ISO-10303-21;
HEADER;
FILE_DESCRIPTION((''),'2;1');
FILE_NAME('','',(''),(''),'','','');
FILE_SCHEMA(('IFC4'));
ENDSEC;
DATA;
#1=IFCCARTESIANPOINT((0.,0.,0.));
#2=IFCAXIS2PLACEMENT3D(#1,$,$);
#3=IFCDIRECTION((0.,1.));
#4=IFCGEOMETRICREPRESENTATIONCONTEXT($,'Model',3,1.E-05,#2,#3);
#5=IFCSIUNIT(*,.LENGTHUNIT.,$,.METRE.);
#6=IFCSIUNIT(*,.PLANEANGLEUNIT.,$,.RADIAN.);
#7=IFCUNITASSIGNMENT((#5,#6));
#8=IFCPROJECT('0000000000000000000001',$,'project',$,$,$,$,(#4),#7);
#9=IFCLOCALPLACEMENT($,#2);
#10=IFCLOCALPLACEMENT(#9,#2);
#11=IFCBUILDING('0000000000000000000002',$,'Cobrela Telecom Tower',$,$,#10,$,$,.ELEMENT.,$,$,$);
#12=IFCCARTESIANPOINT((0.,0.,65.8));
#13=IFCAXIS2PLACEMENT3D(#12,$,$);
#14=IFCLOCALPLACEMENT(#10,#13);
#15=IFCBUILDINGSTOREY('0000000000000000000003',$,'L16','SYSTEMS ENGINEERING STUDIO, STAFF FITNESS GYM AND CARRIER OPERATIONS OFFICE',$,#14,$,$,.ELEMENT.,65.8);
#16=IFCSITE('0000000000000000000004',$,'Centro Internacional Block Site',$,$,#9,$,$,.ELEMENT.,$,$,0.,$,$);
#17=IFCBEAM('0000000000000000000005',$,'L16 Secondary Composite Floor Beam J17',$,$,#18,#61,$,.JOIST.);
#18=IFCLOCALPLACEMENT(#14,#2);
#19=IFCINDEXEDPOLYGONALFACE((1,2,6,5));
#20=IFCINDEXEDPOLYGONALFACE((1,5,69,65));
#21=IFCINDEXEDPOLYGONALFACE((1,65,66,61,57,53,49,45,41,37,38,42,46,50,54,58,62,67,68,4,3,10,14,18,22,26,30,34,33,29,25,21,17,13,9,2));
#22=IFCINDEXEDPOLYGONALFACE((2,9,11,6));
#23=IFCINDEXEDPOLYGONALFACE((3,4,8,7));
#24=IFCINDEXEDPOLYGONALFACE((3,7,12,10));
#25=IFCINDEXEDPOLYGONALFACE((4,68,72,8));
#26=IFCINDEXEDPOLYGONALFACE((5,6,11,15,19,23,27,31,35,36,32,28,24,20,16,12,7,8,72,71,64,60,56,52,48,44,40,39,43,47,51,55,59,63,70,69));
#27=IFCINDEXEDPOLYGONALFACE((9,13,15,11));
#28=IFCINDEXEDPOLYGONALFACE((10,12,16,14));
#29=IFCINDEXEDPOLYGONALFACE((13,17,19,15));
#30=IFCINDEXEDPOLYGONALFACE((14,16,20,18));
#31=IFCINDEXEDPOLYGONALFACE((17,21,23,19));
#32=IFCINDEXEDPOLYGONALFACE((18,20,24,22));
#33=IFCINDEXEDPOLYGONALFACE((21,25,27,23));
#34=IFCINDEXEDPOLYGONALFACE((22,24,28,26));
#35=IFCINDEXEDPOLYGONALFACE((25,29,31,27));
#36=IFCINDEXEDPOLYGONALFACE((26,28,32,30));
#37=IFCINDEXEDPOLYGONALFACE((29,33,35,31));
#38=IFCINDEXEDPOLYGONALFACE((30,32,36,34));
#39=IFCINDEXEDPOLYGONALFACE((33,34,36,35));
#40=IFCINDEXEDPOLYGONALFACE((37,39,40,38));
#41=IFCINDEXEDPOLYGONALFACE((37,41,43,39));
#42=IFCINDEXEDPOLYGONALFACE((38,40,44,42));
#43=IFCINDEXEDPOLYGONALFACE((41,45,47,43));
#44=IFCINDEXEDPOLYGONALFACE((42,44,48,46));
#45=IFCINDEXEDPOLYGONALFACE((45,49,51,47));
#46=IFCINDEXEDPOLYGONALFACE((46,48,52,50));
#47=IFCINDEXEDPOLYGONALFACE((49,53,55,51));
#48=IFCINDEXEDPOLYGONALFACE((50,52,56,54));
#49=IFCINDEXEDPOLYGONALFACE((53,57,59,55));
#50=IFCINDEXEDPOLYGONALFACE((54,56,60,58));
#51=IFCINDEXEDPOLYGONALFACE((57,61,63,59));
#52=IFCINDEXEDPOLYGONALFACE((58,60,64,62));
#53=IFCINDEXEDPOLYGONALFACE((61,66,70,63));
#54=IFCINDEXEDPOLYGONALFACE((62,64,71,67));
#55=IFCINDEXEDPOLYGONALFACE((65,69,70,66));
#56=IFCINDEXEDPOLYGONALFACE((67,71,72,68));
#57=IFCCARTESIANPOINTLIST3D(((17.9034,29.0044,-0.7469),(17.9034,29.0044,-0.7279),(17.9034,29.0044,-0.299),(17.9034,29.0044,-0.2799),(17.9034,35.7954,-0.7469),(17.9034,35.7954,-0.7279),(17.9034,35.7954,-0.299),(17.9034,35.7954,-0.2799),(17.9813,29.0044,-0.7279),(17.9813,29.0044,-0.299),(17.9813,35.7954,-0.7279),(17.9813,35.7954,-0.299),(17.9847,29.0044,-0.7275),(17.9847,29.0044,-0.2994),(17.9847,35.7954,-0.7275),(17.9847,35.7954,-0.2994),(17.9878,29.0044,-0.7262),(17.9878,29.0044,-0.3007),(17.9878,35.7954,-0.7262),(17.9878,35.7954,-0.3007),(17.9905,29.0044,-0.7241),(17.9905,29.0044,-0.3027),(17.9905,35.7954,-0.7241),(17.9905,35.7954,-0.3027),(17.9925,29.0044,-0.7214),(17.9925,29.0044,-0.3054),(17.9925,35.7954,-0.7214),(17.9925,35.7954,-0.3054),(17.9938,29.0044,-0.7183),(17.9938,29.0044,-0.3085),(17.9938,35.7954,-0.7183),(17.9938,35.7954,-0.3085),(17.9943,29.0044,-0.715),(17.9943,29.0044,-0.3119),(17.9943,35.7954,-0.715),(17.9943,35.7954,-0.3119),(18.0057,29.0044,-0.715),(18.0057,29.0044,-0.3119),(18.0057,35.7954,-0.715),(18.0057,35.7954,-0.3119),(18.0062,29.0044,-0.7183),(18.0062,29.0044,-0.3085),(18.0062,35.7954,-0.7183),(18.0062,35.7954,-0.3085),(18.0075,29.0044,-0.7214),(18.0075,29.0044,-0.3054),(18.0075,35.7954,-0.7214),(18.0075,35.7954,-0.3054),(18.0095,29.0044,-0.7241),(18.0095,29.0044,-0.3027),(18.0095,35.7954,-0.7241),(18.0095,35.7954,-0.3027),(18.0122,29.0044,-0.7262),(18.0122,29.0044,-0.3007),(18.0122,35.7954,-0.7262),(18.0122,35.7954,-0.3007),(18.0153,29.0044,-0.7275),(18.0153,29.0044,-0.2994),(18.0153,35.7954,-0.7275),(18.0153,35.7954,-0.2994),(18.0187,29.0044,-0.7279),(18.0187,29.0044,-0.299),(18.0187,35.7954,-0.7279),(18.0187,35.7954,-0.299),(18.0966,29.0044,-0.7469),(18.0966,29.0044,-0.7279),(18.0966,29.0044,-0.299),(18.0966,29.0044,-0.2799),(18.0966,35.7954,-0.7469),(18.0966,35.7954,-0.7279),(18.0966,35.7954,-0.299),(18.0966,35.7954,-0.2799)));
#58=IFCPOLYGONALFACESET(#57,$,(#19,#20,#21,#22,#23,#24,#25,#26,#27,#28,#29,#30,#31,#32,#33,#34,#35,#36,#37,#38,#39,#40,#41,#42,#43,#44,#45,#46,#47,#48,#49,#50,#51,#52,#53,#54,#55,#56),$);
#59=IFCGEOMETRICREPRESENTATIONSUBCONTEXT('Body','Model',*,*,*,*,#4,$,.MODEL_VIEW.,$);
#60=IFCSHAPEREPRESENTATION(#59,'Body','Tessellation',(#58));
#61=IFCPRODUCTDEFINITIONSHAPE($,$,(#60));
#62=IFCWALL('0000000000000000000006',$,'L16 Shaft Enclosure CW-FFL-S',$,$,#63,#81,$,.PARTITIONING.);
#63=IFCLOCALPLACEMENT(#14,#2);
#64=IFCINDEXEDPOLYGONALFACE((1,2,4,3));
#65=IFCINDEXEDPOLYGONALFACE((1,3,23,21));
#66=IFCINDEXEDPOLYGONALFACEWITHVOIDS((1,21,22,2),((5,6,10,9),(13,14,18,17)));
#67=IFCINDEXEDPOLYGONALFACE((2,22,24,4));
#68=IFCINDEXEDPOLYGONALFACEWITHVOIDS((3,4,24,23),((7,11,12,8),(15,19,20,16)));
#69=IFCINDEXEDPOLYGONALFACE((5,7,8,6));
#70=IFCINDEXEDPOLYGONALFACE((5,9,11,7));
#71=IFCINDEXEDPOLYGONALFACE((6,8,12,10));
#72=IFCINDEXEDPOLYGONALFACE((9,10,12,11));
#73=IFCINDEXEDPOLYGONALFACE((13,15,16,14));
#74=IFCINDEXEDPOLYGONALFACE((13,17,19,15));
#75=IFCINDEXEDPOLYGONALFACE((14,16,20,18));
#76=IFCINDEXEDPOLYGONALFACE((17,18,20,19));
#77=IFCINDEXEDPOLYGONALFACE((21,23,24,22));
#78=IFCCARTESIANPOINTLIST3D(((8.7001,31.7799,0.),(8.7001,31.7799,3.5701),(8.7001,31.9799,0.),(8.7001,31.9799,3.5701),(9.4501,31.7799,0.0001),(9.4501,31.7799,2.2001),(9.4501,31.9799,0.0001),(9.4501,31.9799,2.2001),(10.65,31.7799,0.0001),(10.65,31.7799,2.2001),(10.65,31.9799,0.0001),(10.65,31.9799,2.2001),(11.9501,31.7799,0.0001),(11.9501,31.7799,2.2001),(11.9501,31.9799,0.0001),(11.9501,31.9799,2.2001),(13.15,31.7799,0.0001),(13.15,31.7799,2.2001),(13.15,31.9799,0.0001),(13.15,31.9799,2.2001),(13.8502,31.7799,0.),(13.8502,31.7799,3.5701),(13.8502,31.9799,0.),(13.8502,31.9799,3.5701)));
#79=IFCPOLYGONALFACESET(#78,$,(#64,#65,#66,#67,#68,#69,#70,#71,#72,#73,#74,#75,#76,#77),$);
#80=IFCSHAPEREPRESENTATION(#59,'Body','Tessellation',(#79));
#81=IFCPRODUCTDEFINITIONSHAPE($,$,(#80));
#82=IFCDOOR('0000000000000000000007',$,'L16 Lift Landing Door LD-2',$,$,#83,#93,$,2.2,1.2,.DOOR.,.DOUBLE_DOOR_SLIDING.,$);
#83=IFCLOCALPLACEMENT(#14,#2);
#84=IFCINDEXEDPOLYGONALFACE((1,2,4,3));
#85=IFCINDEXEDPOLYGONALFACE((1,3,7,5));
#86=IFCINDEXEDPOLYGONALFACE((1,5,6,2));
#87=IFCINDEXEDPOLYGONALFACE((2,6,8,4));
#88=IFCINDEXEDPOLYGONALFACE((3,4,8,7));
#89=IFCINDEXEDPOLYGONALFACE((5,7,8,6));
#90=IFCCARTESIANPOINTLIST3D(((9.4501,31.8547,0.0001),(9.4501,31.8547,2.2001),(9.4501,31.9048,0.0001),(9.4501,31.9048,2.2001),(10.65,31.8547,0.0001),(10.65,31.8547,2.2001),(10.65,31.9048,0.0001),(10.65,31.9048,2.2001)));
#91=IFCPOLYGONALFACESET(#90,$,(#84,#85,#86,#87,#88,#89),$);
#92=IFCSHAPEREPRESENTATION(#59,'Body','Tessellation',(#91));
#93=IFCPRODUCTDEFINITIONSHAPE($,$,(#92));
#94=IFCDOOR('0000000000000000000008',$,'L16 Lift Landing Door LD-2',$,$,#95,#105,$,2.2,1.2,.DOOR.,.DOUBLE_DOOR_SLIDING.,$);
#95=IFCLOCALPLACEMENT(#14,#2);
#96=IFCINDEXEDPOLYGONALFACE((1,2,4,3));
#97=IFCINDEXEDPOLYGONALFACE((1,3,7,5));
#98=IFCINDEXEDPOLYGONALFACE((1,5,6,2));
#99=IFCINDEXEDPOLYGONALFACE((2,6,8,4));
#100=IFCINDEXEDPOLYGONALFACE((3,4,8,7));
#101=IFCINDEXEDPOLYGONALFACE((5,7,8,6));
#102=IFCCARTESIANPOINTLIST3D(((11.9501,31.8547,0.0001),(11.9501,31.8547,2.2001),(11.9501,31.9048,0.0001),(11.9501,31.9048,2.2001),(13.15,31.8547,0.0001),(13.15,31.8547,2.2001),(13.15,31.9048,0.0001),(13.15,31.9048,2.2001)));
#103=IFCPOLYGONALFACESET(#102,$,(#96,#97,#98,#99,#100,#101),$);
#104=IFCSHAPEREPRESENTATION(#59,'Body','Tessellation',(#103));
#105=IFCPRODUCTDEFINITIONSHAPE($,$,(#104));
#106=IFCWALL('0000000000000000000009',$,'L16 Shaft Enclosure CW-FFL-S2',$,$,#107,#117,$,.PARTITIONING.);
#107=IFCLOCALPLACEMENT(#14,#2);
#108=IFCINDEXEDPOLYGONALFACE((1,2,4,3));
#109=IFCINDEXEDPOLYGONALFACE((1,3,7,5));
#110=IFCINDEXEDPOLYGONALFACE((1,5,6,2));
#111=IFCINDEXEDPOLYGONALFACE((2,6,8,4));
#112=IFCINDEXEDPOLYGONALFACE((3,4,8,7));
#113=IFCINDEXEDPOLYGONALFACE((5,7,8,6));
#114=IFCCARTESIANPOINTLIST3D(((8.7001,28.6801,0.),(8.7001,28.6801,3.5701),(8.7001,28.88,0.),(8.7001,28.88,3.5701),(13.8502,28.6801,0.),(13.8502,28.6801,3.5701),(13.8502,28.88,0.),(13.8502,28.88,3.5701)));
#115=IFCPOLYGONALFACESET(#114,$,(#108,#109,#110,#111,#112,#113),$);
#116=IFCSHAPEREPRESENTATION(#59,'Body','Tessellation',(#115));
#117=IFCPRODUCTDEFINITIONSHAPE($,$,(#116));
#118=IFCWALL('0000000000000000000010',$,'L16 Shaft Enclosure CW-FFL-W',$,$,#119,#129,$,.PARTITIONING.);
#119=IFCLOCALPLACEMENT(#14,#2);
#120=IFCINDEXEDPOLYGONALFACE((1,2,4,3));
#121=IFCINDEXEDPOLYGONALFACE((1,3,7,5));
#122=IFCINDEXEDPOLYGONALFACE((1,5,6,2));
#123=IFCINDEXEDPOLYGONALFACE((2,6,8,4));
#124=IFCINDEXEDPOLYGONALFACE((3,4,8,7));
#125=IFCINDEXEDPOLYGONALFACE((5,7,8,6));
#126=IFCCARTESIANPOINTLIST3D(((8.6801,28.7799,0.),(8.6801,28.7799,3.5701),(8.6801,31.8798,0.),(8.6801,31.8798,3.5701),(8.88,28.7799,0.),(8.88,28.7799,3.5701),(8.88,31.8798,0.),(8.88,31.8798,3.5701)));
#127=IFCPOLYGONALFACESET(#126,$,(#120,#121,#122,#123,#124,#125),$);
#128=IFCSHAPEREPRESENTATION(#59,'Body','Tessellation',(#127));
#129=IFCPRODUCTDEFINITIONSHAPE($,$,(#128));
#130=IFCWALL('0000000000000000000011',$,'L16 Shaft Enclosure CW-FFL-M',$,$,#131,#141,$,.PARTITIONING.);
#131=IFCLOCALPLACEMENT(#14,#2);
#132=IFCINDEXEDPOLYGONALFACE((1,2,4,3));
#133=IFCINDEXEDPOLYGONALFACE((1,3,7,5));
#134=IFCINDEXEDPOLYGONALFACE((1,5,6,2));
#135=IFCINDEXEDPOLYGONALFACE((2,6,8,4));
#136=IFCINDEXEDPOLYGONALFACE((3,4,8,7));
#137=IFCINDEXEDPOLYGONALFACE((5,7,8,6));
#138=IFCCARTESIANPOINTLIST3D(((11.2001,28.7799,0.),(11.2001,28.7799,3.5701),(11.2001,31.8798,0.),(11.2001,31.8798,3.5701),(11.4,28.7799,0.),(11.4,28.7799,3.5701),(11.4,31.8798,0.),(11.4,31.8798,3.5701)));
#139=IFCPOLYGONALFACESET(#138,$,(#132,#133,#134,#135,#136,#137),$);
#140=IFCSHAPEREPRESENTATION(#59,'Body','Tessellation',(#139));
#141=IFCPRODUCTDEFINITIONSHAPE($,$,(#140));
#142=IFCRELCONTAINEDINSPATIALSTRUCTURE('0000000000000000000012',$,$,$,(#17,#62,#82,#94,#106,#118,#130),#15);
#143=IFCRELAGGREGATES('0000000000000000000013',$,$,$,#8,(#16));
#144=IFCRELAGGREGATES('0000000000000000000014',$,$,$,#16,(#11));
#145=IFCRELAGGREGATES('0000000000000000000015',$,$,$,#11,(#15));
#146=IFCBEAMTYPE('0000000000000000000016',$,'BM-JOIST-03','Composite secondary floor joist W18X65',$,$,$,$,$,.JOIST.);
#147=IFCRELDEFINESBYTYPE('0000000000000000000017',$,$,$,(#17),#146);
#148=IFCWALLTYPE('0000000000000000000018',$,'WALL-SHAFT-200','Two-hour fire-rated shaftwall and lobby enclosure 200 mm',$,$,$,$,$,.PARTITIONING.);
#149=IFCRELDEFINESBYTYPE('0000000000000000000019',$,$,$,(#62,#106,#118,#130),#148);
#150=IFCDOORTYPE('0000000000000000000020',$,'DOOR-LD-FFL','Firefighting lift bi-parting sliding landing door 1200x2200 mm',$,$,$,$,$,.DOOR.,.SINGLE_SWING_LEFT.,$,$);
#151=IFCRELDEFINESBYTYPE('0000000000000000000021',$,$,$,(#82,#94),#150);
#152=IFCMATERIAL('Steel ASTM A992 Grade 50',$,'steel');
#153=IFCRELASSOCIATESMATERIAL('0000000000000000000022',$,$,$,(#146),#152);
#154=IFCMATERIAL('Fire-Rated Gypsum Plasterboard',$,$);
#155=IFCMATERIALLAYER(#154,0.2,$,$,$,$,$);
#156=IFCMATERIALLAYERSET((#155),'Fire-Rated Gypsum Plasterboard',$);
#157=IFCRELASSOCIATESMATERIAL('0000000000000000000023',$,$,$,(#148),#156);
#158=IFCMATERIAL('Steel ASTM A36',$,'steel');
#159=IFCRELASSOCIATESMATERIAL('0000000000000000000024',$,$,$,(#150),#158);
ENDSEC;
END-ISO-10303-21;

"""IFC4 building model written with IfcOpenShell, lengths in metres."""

from ifc_helpers import new_model, si_unit, direction, frame, frame_2d, origin, origin_2d, place, context, subcontext, project, spatial, rectangle, i_section, extrude, material, layer, layer_set, material_profile, profile_set, type_object, element, fill, save


model = new_model("IFC4")

# Units and contexts
model_context = context("Model", 3, precision=1e-05, world=origin(), true_north=direction((0.0, 1.0)))
body_context = subcontext(model_context, "Body", "Model", "MODEL_VIEW")
ifc_project = project(units=[si_unit("LENGTHUNIT", "METRE"), si_unit("PLANEANGLEUNIT", "RADIAN")], contexts=[model_context])

# Site, building, storey
site_placement = place(None, origin())
site = spatial("IfcSite", under=ifc_project, at=site_placement, Name="Centro Internacional Block Site", CompositionType="ELEMENT", RefElevation=0.0)
building_placement = place(site_placement, origin())
building = spatial("IfcBuilding", under=site, at=building_placement, Name="Cobrela Telecom Tower", CompositionType="ELEMENT")
storey_placement = place(building_placement, frame((0.0, 0.0, 65.8)))
storey = spatial("IfcBuildingStorey", under=building, at=storey_placement, Name="L16", Description="SYSTEMS ENGINEERING STUDIO, STAFF FITNESS GYM AND CARRIER OPERATIONS OFFICE", CompositionType="ELEMENT", Elevation=65.8)

# Beam
ifc_material_1 = material(Name="Steel ASTM A992 Grade 50", Category="steel")
ifc_material_profile_1 = material_profile(ifc_material_1, i_section(OverallWidth=0.1931, OverallDepth=0.467, WebThickness=0.0115, FlangeThickness=0.019, FilletRadius=0.0129, at=origin_2d()), Name="W18X65")
ifc_profile_set_1 = profile_set([ifc_material_profile_1], Name="Steel ASTM A992 Grade 50")
beam_type_1 = type_object("IfcBeamType", Name="BM-JOIST-03", Description="Composite secondary floor joist W18X65", PredefinedType="JOIST", material=ifc_profile_set_1)
for number, where, z_axis, x_axis, name in (
    (1, (18.0, 29.0044, -0.5134), (0.0, 1.0, 0.0), (-1.0, 0.0, 0.0), "L16 Secondary Composite Floor Beam J17"),
):
    element("IfcBeam", number, at=place(storey_placement, frame(where, z_axis=z_axis, x_axis=x_axis)), inside=storey, type_object=beam_type_1, Name=name, PredefinedType="JOIST", context=body_context, shape_type="SweptSolid", body=[
        extrude(i_section(OverallWidth=0.1931, OverallDepth=0.467, WebThickness=0.0115, FlangeThickness=0.019, FilletRadius=0.0129, at=origin_2d()), origin(), (0.0, 0.0, 1.0), 6.791),
    ])

# Wall, openings, doors
ifc_material_2 = material(Name="Steel ASTM A36", Category="steel")
ifc_material_3 = material(Name="Fire-Rated Gypsum Plasterboard")
ifc_layer_1 = layer(ifc_material_3, 0.2)
ifc_layer_set_1 = layer_set([ifc_layer_1], Name="Fire-Rated Gypsum Plasterboard")
wall_type_1 = type_object("IfcWallType", Name="WALL-SHAFT-200", Description="Two-hour fire-rated shaftwall and lobby enclosure 200 mm", PredefinedType="PARTITIONING", material=ifc_layer_set_1)
wall_1_placement = place(storey_placement, frame((8.7, 31.8799, 0.0), z_axis=(0.0, 0.0, 1.0), x_axis=(1.0, 0.0, 0.0)))
wall_1 = element("IfcWall", 2, at=wall_1_placement, inside=storey, type_object=wall_type_1, Name="L16 Shaft Enclosure CW-FFL-S", PredefinedType="PARTITIONING", context=body_context, shape_type="SweptSolid", body=[
    extrude(rectangle(XDim=5.1501, YDim=0.2, at=frame_2d((2.5752, 0.0))), origin(), (0.0, 0.0, 1.0), 3.5701),
])
opening_1_placement = place(wall_1_placement, frame((0.75, 0.0, 0.0)))
opening_1 = element("IfcOpeningElement", 3, at=opening_1_placement, cuts=wall_1, PredefinedType="OPENING", context=body_context, shape_type="SweptSolid", body=[
    extrude(rectangle(XDim=1.2, YDim=2.2, at=frame_2d((0.6001, 1.1001))), frame((0.0, 0.1118, 0.0), z_axis=(0.0, -1.0, 0.0), x_axis=(1.0, 0.0, 0.0)), (0.0, 0.0, 1.0), 0.2239),
])
opening_2_placement = place(wall_1_placement, frame((3.25, 0.0, 0.0)))
opening_2 = element("IfcOpeningElement", 4, at=opening_2_placement, cuts=wall_1, PredefinedType="OPENING", context=body_context, shape_type="SweptSolid", body=[
    extrude(rectangle(XDim=1.2, YDim=2.2, at=frame_2d((0.6001, 1.1001))), frame((0.0, 0.1118, 0.0), z_axis=(0.0, -1.0, 0.0), x_axis=(1.0, 0.0, 0.0)), (0.0, 0.0, 1.0), 0.2239),
])
door_type_1 = type_object("IfcDoorType", Name="DOOR-LD-FFL", Description="Firefighting lift bi-parting sliding landing door 1200x2200 mm", OperationType="SINGLE_SWING_LEFT", PredefinedType="DOOR", material=ifc_material_2)
door_1_placement = place(opening_1_placement, origin())
door_1 = element("IfcDoor", 5, at=door_1_placement, inside=storey, type_object=door_type_1, Name="L16 Lift Landing Door LD-2", OperationType="DOUBLE_DOOR_SLIDING", OverallHeight=2.2, OverallWidth=1.2, PredefinedType="DOOR", context=body_context, shape_type="SweptSolid", body=[
    extrude(rectangle(XDim=1.2, YDim=2.2, at=frame_2d((0.6001, 1.1001))), frame((0.0, 0.0249, 0.0), z_axis=(0.0, -1.0, 0.0), x_axis=(1.0, 0.0, 0.0)), (0.0, 0.0, 1.0), 0.05),
])
fill(opening_1, door_1)
door_2_placement = place(opening_2_placement, origin())
door_2 = element("IfcDoor", 6, at=door_2_placement, inside=storey, type_object=door_type_1, Name="L16 Lift Landing Door LD-2", OperationType="DOUBLE_DOOR_SLIDING", OverallHeight=2.2, OverallWidth=1.2, PredefinedType="DOOR", context=body_context, shape_type="SweptSolid", body=[
    extrude(rectangle(XDim=1.2, YDim=2.2, at=frame_2d((0.6001, 1.1001))), frame((0.0, 0.0249, 0.0), z_axis=(0.0, -1.0, 0.0), x_axis=(1.0, 0.0, 0.0)), (0.0, 0.0, 1.0), 0.05),
])
fill(opening_2, door_2)

# Walls
wall_2_placement = place(storey_placement, frame((8.7, 28.78, 0.0), z_axis=(0.0, 0.0, 1.0), x_axis=(1.0, 0.0, 0.0)))
element("IfcWall", 7, at=wall_2_placement, inside=storey, type_object=wall_type_1, Name="L16 Shaft Enclosure CW-FFL-S2", PredefinedType="PARTITIONING", context=body_context, shape_type="SweptSolid", body=[
    extrude(rectangle(XDim=5.1501, YDim=0.2, at=frame_2d((2.5752, 0.0))), origin(), (0.0, 0.0, 1.0), 3.5701),
])
for number, where, z_axis, x_axis, name in (
    (8, (8.78, 28.78, 0.0), (0.0, 0.0, 1.0), (0.0, 1.0, 0.0), "L16 Shaft Enclosure CW-FFL-W"),
    (9, (11.3, 28.78, 0.0), (0.0, 0.0, 1.0), (0.0, 1.0, 0.0), "L16 Shaft Enclosure CW-FFL-M"),
):
    element("IfcWall", number, at=place(storey_placement, frame(where, z_axis=z_axis, x_axis=x_axis)), inside=storey, type_object=wall_type_1, Name=name, PredefinedType="PARTITIONING", context=body_context, shape_type="SweptSolid", body=[
        extrude(rectangle(XDim=3.0999, YDim=0.2, at=frame_2d((1.5498, 0.0))), origin(), (0.0, 0.0, 1.0), 3.5701),
    ])

save(model, "model.ifc")
